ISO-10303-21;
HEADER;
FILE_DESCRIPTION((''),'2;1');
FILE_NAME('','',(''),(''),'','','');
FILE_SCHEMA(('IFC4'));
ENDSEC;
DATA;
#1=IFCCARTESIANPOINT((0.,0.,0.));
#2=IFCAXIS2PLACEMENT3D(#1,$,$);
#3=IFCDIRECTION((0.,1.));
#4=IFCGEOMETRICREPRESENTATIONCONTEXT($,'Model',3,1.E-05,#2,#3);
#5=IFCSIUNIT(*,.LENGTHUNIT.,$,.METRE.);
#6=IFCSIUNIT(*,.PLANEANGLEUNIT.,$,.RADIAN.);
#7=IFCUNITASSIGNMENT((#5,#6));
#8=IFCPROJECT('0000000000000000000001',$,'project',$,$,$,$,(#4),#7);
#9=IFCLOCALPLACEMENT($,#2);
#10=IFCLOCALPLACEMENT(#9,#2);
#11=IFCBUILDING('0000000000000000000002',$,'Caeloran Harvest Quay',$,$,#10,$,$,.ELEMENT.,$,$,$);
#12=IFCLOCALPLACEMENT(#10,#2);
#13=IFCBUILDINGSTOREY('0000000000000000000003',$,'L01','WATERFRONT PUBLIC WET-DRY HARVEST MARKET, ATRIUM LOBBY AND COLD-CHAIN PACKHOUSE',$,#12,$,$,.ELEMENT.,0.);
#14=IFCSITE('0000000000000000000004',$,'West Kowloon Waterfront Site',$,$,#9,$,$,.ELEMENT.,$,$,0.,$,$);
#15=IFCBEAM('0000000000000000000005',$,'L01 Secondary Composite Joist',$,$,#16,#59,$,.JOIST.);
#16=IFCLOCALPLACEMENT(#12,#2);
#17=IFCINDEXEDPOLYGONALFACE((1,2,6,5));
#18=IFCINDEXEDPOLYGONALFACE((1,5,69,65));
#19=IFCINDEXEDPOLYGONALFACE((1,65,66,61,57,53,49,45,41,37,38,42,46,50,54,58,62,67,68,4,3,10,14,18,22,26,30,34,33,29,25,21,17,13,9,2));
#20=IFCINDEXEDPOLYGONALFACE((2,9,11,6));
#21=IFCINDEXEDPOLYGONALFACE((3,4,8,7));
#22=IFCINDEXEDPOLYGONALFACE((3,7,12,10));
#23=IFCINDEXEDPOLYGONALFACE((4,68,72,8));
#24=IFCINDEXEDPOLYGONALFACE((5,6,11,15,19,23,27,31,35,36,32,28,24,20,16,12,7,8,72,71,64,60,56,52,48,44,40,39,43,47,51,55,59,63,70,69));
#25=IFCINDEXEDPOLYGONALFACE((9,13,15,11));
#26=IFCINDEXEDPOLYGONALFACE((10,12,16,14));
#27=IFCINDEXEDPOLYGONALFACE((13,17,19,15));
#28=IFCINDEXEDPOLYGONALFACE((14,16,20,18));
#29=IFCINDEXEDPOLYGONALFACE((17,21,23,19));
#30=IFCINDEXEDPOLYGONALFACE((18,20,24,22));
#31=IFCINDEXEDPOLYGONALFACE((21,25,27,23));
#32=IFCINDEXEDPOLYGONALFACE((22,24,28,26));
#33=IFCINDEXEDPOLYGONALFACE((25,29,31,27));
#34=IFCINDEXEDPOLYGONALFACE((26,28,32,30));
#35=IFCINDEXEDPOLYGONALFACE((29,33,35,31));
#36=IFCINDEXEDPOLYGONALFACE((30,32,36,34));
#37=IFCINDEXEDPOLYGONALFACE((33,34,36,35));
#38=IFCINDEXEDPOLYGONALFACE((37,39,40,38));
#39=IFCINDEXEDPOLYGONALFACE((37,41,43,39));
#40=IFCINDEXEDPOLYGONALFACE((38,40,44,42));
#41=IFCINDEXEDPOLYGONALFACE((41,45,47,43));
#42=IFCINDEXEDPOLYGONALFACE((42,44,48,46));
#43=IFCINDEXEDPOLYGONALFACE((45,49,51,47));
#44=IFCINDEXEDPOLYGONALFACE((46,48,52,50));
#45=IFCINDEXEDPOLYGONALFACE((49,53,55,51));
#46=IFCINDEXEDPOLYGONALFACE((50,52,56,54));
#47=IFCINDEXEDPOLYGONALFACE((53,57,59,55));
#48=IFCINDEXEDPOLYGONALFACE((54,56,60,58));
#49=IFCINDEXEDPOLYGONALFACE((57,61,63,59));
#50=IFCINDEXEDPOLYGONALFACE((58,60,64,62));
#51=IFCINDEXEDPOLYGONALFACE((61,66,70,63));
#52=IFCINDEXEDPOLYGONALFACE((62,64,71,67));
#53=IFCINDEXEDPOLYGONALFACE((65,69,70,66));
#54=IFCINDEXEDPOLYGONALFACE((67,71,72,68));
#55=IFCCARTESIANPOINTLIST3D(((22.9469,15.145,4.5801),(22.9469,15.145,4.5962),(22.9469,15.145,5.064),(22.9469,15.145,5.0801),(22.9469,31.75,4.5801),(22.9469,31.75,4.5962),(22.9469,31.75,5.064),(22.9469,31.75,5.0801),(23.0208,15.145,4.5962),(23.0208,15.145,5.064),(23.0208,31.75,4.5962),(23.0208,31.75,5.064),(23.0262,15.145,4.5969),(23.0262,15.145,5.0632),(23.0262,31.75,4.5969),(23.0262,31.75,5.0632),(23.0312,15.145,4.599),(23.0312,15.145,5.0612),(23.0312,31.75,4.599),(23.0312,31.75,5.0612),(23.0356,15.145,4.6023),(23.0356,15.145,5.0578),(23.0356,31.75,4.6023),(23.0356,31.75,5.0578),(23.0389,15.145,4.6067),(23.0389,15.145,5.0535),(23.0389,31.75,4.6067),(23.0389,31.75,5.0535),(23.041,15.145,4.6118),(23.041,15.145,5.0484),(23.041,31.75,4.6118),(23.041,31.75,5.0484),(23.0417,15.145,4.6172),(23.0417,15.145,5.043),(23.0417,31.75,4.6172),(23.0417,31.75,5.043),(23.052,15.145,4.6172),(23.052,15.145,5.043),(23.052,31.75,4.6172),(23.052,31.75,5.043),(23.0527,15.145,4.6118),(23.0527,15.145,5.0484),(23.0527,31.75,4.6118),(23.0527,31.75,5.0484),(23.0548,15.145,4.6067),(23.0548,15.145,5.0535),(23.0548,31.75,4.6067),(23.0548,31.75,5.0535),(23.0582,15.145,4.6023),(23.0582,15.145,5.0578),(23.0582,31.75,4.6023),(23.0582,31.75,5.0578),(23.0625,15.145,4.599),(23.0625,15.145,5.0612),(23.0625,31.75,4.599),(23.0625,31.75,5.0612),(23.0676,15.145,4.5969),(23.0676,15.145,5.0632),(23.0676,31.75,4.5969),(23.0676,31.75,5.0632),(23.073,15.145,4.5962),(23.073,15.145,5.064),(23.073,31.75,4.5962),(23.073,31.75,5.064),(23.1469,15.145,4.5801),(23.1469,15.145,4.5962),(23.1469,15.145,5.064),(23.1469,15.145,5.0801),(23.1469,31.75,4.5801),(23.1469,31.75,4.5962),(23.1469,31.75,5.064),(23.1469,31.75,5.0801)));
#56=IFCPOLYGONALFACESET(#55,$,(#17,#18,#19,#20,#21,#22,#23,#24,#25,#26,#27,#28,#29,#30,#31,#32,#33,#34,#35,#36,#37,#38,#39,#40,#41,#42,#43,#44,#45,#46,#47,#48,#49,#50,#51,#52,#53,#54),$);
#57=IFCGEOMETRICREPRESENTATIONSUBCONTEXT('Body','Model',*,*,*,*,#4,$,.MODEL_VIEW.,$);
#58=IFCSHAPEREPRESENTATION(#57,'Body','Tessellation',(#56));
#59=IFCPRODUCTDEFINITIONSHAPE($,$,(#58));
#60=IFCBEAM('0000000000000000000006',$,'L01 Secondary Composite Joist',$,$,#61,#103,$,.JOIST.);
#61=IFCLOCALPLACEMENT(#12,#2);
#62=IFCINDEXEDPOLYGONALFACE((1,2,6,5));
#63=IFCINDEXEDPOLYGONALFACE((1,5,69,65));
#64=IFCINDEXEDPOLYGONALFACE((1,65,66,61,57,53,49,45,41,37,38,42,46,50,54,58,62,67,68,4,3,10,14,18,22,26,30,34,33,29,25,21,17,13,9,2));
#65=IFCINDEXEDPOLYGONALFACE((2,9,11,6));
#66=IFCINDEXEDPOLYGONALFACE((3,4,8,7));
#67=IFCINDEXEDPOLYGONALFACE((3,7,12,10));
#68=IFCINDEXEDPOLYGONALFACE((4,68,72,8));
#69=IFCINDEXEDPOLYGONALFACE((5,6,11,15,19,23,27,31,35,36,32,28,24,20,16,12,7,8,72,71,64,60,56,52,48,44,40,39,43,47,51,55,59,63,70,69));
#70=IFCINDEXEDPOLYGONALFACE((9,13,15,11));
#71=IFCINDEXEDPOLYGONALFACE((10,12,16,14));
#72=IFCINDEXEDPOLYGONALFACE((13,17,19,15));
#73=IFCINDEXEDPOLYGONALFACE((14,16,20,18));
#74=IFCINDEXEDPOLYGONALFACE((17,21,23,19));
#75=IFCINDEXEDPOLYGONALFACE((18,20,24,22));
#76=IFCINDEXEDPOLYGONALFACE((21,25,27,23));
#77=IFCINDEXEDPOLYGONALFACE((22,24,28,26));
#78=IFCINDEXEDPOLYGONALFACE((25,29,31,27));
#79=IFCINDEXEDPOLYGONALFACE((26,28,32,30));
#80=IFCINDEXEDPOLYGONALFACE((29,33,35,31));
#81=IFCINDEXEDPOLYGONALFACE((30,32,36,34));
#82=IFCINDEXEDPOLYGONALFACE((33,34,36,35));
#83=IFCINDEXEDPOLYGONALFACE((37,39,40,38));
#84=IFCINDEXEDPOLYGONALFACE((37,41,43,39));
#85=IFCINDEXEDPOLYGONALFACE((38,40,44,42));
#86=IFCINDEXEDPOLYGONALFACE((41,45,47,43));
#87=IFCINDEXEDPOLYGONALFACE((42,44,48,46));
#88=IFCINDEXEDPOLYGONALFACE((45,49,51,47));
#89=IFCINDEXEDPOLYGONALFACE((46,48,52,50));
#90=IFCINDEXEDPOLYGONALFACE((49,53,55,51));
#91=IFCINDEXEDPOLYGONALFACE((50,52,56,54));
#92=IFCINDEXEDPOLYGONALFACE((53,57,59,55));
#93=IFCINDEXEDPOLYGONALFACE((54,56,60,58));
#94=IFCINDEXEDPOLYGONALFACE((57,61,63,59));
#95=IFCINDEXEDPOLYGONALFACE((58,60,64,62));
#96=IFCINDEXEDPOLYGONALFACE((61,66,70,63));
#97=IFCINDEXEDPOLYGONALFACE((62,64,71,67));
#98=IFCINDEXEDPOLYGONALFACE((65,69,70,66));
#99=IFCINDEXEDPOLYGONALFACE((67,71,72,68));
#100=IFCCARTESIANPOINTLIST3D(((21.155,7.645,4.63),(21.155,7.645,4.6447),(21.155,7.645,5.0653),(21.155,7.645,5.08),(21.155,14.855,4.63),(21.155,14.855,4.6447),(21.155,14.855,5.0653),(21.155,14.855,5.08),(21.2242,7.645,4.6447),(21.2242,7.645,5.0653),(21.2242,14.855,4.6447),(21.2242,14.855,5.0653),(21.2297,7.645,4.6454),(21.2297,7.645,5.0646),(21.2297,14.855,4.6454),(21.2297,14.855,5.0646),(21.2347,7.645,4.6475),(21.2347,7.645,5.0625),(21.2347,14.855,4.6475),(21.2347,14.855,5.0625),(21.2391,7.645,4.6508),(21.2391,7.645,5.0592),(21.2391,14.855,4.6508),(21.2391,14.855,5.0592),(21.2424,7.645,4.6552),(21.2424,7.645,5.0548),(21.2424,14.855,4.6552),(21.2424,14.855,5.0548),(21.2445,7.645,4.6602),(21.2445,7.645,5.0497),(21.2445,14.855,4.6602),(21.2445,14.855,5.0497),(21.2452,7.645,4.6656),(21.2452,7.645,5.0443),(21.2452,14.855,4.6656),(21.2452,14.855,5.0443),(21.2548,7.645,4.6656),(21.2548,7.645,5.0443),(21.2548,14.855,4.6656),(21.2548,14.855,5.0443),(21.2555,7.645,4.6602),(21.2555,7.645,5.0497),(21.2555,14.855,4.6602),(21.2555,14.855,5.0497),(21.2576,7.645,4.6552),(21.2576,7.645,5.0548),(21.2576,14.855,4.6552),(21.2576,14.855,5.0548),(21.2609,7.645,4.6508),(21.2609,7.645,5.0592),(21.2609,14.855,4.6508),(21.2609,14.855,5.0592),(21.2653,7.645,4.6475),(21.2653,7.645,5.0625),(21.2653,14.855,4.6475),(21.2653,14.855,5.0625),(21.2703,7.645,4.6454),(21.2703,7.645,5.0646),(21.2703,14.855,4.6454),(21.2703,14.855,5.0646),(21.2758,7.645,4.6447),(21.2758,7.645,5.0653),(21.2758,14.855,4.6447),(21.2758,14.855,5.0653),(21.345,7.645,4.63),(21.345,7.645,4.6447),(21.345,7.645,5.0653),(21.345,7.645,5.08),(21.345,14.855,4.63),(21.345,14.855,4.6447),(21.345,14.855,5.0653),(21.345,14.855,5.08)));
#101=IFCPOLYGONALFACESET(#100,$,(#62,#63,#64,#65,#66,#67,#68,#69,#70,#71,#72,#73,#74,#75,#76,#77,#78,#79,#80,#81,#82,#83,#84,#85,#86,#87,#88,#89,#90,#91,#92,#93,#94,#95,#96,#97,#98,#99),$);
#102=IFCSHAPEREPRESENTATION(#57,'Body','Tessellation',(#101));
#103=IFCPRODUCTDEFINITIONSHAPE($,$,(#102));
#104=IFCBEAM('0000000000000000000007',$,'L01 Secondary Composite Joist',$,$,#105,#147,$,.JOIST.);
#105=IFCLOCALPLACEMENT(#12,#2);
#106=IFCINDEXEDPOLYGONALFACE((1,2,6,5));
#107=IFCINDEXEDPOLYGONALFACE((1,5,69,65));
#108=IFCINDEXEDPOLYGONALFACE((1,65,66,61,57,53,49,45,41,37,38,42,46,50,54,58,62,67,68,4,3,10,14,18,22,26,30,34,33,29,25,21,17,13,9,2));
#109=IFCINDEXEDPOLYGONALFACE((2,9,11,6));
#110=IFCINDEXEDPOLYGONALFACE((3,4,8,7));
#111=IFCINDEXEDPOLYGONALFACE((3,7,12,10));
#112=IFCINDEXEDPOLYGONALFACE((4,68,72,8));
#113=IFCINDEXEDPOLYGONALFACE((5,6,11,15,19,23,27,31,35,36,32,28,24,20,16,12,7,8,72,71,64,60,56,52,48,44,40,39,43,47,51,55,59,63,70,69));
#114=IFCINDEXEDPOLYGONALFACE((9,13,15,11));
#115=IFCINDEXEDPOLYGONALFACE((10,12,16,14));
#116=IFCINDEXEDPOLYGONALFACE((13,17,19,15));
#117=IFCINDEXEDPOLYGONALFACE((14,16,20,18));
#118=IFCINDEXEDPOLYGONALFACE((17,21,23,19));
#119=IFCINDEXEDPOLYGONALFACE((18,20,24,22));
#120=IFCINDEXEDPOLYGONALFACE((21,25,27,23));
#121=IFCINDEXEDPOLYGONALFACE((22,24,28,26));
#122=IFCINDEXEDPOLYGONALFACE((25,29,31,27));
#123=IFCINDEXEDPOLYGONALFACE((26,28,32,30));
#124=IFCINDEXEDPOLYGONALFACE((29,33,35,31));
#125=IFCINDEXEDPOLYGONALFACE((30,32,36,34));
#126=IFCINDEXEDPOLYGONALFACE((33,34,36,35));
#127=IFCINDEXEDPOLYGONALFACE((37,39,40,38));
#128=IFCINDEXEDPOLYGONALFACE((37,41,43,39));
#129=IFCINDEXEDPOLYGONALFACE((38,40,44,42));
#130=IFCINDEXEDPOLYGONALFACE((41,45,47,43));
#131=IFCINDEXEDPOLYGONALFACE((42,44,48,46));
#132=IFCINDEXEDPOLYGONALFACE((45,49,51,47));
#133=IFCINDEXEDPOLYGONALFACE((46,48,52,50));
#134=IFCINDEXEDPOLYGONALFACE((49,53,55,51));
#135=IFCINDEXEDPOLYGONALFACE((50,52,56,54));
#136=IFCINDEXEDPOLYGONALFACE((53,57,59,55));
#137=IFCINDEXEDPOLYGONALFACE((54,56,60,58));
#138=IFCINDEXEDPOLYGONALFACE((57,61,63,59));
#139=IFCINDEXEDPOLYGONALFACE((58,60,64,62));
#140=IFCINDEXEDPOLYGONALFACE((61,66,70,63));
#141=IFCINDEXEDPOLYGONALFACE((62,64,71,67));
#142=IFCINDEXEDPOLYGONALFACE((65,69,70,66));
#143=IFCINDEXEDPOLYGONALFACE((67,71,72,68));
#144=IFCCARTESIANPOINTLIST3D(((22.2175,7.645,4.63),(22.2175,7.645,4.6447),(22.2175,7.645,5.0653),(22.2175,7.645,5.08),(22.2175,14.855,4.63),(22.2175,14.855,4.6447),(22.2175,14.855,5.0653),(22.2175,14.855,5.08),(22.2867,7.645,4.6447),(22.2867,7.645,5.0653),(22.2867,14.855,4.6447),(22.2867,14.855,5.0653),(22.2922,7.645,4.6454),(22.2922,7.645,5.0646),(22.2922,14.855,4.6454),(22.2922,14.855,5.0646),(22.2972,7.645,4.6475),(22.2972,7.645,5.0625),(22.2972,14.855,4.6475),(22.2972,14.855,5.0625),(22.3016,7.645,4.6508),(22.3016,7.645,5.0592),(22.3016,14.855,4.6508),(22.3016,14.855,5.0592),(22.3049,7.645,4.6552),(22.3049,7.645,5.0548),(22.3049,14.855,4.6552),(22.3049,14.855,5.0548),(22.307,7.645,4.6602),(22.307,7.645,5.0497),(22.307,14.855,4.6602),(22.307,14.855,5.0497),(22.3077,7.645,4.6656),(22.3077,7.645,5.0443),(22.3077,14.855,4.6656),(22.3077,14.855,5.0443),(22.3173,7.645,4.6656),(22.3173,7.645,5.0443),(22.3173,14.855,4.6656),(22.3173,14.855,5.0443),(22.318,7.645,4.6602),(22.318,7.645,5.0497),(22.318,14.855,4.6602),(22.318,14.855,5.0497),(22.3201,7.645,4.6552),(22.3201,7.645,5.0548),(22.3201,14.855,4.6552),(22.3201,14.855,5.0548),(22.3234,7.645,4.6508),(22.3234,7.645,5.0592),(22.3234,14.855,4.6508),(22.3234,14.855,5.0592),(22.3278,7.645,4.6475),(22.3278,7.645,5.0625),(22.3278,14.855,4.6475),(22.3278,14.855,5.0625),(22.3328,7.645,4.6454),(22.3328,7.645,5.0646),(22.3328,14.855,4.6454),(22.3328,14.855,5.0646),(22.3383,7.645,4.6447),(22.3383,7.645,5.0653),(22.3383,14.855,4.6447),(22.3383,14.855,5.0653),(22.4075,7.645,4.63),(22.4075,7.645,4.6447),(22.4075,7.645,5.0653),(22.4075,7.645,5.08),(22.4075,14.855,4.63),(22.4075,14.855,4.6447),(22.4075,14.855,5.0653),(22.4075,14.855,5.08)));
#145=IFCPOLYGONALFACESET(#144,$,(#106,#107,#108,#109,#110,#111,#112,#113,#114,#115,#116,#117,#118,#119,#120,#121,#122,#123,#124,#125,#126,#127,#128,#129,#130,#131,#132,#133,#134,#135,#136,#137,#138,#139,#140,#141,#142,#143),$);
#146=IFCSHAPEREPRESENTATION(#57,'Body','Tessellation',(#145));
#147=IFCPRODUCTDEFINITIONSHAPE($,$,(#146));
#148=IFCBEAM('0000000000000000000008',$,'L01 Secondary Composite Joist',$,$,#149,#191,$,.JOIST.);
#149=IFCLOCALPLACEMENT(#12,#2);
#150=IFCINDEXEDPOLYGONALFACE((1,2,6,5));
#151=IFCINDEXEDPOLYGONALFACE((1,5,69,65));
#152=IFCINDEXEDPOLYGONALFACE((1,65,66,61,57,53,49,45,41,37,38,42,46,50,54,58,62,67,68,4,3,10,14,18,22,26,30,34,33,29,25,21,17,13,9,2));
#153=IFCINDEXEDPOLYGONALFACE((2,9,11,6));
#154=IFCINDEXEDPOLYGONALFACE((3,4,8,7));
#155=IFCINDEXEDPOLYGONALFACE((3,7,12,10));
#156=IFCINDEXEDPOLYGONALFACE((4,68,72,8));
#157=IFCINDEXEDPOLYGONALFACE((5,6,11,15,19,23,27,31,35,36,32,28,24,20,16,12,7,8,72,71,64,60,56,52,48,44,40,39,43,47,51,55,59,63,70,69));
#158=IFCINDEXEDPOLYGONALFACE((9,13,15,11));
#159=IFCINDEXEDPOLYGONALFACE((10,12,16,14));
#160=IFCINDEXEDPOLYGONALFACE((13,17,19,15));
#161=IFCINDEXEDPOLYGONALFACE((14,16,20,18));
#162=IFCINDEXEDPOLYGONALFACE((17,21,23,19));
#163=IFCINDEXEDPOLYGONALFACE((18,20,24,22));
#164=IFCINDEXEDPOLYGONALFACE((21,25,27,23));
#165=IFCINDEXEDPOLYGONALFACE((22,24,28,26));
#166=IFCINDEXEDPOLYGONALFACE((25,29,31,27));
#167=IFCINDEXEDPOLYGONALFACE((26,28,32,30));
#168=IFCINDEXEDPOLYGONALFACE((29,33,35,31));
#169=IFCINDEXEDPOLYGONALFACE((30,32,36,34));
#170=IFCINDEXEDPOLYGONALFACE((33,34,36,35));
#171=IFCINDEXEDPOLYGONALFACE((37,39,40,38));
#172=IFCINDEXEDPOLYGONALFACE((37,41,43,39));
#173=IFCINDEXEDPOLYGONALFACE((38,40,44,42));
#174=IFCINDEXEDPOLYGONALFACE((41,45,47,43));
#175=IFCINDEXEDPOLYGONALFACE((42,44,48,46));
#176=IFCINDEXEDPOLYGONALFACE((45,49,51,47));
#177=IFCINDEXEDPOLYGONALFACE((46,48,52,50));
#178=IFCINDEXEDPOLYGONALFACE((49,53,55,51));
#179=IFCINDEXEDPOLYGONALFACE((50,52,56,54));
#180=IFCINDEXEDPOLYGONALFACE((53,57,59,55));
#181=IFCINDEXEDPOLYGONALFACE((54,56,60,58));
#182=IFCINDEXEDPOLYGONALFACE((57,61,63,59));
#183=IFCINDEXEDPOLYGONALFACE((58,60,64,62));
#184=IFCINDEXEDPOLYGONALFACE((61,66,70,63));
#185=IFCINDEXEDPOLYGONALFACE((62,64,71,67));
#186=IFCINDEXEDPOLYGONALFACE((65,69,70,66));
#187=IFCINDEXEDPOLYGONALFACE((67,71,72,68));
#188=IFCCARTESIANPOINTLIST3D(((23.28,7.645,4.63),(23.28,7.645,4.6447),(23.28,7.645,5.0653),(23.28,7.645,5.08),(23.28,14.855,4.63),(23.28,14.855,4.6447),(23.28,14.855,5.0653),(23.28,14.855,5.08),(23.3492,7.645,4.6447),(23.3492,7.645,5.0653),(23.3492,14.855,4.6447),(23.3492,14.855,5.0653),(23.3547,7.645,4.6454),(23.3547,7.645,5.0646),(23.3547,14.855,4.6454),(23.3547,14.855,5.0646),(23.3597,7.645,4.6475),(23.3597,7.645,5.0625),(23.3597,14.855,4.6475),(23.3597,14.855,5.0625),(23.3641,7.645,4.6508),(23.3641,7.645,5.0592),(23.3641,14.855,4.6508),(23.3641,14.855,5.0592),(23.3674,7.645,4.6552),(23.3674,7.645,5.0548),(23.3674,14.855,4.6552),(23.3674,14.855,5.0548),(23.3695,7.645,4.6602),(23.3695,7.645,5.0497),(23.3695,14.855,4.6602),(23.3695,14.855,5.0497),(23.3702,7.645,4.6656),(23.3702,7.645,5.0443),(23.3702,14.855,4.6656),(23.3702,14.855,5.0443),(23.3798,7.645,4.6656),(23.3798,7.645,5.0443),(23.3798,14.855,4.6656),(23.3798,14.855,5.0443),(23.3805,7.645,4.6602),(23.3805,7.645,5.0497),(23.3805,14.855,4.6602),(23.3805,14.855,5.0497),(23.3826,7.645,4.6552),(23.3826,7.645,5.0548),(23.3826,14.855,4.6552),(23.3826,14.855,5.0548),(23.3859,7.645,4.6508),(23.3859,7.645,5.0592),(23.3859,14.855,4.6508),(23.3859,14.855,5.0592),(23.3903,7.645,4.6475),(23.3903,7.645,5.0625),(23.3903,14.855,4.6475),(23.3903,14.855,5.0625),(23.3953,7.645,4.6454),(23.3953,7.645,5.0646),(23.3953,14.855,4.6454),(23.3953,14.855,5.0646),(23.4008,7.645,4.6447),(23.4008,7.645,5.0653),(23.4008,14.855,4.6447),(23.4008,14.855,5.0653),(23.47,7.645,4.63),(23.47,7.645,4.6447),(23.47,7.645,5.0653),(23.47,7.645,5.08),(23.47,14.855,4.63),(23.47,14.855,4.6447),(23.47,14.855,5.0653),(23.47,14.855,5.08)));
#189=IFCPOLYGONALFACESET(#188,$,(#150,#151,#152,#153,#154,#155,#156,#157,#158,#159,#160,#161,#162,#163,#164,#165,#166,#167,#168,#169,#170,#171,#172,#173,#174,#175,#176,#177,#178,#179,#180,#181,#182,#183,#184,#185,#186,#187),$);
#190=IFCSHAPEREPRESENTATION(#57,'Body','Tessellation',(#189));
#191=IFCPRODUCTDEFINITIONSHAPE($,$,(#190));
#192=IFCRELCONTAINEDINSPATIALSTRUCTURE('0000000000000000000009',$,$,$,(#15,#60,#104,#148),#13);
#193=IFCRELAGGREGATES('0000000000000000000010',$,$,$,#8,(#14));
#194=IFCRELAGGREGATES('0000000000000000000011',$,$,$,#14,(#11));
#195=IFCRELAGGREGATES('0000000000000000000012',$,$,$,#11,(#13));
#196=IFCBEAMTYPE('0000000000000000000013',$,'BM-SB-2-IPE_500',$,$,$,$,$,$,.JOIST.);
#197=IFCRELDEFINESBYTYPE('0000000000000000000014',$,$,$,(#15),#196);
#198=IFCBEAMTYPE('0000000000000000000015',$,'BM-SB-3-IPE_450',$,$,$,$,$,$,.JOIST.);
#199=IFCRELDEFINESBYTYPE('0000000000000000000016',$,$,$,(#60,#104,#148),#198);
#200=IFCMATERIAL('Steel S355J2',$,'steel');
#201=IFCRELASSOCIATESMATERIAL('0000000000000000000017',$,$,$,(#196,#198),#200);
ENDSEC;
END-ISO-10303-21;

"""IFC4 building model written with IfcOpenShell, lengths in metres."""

from ifc_helpers import new_model, si_unit, direction, frame, origin, origin_2d, place, context, subcontext, project, spatial, i_section, extrude, material, material_profile, profile_set, type_object, element, save


model = new_model("IFC4")

# Units and contexts
model_context = context("Model", 3, precision=1e-05, world=origin(), true_north=direction((0.0, 1.0)))
body_context = subcontext(model_context, "Body", "Model", "MODEL_VIEW")
ifc_project = project(units=[si_unit("LENGTHUNIT", "METRE"), si_unit("PLANEANGLEUNIT", "RADIAN")], contexts=[model_context])

# Site, building, storey
site_placement = place(None, origin())
site = spatial("IfcSite", under=ifc_project, at=site_placement, Name="West Kowloon Waterfront Site", CompositionType="ELEMENT", RefElevation=0.0)
building_placement = place(site_placement, origin())
building = spatial("IfcBuilding", under=site, at=building_placement, Name="Caeloran Harvest Quay", CompositionType="ELEMENT")
storey_placement = place(building_placement, origin())
storey = spatial("IfcBuildingStorey", under=building, at=storey_placement, Name="L01", Description="WATERFRONT PUBLIC WET-DRY HARVEST MARKET, ATRIUM LOBBY AND COLD-CHAIN PACKHOUSE", CompositionType="ELEMENT", Elevation=0.0)

# Beams
ifc_material_1 = material(Name="Steel S355J2", Category="steel")
ifc_material_profile_1 = material_profile(ifc_material_1, i_section(OverallWidth=0.2, OverallDepth=0.5, WebThickness=0.0103, FlangeThickness=0.0161, FilletRadius=0.021, at=origin_2d()), Name="IPE 500")
ifc_profile_set_1 = profile_set([ifc_material_profile_1], Name="Steel S355J2")
beam_type_1 = type_object("IfcBeamType", Name="BM-SB-2-IPE_500", PredefinedType="JOIST", material=ifc_profile_set_1)
for number, where, z_axis, x_axis, name in (
    (1, (23.0469, 15.145, 4.8301), (0.0, 1.0, 0.0), (-1.0, 0.0, 0.0), "L01 Secondary Composite Joist"),
):
    element("IfcBeam", number, at=place(storey_placement, frame(where, z_axis=z_axis, x_axis=x_axis)), inside=storey, type_object=beam_type_1, Name=name, PredefinedType="JOIST", context=body_context, shape_type="SweptSolid", body=[
        extrude(i_section(OverallWidth=0.2, OverallDepth=0.5, WebThickness=0.0103, FlangeThickness=0.0161, FilletRadius=0.021, at=origin_2d()), origin(), (0.0, 0.0, 1.0), 16.605),
    ])
ifc_material_profile_2 = material_profile(ifc_material_1, i_section(OverallWidth=0.1899, OverallDepth=0.45, WebThickness=0.0095, FlangeThickness=0.0146, FilletRadius=0.021, at=origin_2d()), Name="IPE 450")
ifc_profile_set_2 = profile_set([ifc_material_profile_2], Name="Steel S355J2")
beam_type_2 = type_object("IfcBeamType", Name="BM-SB-3-IPE_450", PredefinedType="JOIST", material=ifc_profile_set_2)
for number, where, z_axis, x_axis, name in (
    (2, (21.25, 7.645, 4.855), (0.0, 1.0, 0.0), (-1.0, 0.0, 0.0), "L01 Secondary Composite Joist"),
    (3, (22.3125, 7.645, 4.855), (0.0, 1.0, 0.0), (-1.0, 0.0, 0.0), "L01 Secondary Composite Joist"),
    (4, (23.375, 7.645, 4.855), (0.0, 1.0, 0.0), (-1.0, 0.0, 0.0), "L01 Secondary Composite Joist"),
):
    element("IfcBeam", number, at=place(storey_placement, frame(where, z_axis=z_axis, x_axis=x_axis)), inside=storey, type_object=beam_type_2, Name=name, PredefinedType="JOIST", context=body_context, shape_type="SweptSolid", body=[
        extrude(i_section(OverallWidth=0.1899, OverallDepth=0.45, WebThickness=0.0095, FlangeThickness=0.0146, FilletRadius=0.021, at=origin_2d()), origin(), (0.0, 0.0, 1.0), 7.21),
    ])

save(model, "model.ifc")
